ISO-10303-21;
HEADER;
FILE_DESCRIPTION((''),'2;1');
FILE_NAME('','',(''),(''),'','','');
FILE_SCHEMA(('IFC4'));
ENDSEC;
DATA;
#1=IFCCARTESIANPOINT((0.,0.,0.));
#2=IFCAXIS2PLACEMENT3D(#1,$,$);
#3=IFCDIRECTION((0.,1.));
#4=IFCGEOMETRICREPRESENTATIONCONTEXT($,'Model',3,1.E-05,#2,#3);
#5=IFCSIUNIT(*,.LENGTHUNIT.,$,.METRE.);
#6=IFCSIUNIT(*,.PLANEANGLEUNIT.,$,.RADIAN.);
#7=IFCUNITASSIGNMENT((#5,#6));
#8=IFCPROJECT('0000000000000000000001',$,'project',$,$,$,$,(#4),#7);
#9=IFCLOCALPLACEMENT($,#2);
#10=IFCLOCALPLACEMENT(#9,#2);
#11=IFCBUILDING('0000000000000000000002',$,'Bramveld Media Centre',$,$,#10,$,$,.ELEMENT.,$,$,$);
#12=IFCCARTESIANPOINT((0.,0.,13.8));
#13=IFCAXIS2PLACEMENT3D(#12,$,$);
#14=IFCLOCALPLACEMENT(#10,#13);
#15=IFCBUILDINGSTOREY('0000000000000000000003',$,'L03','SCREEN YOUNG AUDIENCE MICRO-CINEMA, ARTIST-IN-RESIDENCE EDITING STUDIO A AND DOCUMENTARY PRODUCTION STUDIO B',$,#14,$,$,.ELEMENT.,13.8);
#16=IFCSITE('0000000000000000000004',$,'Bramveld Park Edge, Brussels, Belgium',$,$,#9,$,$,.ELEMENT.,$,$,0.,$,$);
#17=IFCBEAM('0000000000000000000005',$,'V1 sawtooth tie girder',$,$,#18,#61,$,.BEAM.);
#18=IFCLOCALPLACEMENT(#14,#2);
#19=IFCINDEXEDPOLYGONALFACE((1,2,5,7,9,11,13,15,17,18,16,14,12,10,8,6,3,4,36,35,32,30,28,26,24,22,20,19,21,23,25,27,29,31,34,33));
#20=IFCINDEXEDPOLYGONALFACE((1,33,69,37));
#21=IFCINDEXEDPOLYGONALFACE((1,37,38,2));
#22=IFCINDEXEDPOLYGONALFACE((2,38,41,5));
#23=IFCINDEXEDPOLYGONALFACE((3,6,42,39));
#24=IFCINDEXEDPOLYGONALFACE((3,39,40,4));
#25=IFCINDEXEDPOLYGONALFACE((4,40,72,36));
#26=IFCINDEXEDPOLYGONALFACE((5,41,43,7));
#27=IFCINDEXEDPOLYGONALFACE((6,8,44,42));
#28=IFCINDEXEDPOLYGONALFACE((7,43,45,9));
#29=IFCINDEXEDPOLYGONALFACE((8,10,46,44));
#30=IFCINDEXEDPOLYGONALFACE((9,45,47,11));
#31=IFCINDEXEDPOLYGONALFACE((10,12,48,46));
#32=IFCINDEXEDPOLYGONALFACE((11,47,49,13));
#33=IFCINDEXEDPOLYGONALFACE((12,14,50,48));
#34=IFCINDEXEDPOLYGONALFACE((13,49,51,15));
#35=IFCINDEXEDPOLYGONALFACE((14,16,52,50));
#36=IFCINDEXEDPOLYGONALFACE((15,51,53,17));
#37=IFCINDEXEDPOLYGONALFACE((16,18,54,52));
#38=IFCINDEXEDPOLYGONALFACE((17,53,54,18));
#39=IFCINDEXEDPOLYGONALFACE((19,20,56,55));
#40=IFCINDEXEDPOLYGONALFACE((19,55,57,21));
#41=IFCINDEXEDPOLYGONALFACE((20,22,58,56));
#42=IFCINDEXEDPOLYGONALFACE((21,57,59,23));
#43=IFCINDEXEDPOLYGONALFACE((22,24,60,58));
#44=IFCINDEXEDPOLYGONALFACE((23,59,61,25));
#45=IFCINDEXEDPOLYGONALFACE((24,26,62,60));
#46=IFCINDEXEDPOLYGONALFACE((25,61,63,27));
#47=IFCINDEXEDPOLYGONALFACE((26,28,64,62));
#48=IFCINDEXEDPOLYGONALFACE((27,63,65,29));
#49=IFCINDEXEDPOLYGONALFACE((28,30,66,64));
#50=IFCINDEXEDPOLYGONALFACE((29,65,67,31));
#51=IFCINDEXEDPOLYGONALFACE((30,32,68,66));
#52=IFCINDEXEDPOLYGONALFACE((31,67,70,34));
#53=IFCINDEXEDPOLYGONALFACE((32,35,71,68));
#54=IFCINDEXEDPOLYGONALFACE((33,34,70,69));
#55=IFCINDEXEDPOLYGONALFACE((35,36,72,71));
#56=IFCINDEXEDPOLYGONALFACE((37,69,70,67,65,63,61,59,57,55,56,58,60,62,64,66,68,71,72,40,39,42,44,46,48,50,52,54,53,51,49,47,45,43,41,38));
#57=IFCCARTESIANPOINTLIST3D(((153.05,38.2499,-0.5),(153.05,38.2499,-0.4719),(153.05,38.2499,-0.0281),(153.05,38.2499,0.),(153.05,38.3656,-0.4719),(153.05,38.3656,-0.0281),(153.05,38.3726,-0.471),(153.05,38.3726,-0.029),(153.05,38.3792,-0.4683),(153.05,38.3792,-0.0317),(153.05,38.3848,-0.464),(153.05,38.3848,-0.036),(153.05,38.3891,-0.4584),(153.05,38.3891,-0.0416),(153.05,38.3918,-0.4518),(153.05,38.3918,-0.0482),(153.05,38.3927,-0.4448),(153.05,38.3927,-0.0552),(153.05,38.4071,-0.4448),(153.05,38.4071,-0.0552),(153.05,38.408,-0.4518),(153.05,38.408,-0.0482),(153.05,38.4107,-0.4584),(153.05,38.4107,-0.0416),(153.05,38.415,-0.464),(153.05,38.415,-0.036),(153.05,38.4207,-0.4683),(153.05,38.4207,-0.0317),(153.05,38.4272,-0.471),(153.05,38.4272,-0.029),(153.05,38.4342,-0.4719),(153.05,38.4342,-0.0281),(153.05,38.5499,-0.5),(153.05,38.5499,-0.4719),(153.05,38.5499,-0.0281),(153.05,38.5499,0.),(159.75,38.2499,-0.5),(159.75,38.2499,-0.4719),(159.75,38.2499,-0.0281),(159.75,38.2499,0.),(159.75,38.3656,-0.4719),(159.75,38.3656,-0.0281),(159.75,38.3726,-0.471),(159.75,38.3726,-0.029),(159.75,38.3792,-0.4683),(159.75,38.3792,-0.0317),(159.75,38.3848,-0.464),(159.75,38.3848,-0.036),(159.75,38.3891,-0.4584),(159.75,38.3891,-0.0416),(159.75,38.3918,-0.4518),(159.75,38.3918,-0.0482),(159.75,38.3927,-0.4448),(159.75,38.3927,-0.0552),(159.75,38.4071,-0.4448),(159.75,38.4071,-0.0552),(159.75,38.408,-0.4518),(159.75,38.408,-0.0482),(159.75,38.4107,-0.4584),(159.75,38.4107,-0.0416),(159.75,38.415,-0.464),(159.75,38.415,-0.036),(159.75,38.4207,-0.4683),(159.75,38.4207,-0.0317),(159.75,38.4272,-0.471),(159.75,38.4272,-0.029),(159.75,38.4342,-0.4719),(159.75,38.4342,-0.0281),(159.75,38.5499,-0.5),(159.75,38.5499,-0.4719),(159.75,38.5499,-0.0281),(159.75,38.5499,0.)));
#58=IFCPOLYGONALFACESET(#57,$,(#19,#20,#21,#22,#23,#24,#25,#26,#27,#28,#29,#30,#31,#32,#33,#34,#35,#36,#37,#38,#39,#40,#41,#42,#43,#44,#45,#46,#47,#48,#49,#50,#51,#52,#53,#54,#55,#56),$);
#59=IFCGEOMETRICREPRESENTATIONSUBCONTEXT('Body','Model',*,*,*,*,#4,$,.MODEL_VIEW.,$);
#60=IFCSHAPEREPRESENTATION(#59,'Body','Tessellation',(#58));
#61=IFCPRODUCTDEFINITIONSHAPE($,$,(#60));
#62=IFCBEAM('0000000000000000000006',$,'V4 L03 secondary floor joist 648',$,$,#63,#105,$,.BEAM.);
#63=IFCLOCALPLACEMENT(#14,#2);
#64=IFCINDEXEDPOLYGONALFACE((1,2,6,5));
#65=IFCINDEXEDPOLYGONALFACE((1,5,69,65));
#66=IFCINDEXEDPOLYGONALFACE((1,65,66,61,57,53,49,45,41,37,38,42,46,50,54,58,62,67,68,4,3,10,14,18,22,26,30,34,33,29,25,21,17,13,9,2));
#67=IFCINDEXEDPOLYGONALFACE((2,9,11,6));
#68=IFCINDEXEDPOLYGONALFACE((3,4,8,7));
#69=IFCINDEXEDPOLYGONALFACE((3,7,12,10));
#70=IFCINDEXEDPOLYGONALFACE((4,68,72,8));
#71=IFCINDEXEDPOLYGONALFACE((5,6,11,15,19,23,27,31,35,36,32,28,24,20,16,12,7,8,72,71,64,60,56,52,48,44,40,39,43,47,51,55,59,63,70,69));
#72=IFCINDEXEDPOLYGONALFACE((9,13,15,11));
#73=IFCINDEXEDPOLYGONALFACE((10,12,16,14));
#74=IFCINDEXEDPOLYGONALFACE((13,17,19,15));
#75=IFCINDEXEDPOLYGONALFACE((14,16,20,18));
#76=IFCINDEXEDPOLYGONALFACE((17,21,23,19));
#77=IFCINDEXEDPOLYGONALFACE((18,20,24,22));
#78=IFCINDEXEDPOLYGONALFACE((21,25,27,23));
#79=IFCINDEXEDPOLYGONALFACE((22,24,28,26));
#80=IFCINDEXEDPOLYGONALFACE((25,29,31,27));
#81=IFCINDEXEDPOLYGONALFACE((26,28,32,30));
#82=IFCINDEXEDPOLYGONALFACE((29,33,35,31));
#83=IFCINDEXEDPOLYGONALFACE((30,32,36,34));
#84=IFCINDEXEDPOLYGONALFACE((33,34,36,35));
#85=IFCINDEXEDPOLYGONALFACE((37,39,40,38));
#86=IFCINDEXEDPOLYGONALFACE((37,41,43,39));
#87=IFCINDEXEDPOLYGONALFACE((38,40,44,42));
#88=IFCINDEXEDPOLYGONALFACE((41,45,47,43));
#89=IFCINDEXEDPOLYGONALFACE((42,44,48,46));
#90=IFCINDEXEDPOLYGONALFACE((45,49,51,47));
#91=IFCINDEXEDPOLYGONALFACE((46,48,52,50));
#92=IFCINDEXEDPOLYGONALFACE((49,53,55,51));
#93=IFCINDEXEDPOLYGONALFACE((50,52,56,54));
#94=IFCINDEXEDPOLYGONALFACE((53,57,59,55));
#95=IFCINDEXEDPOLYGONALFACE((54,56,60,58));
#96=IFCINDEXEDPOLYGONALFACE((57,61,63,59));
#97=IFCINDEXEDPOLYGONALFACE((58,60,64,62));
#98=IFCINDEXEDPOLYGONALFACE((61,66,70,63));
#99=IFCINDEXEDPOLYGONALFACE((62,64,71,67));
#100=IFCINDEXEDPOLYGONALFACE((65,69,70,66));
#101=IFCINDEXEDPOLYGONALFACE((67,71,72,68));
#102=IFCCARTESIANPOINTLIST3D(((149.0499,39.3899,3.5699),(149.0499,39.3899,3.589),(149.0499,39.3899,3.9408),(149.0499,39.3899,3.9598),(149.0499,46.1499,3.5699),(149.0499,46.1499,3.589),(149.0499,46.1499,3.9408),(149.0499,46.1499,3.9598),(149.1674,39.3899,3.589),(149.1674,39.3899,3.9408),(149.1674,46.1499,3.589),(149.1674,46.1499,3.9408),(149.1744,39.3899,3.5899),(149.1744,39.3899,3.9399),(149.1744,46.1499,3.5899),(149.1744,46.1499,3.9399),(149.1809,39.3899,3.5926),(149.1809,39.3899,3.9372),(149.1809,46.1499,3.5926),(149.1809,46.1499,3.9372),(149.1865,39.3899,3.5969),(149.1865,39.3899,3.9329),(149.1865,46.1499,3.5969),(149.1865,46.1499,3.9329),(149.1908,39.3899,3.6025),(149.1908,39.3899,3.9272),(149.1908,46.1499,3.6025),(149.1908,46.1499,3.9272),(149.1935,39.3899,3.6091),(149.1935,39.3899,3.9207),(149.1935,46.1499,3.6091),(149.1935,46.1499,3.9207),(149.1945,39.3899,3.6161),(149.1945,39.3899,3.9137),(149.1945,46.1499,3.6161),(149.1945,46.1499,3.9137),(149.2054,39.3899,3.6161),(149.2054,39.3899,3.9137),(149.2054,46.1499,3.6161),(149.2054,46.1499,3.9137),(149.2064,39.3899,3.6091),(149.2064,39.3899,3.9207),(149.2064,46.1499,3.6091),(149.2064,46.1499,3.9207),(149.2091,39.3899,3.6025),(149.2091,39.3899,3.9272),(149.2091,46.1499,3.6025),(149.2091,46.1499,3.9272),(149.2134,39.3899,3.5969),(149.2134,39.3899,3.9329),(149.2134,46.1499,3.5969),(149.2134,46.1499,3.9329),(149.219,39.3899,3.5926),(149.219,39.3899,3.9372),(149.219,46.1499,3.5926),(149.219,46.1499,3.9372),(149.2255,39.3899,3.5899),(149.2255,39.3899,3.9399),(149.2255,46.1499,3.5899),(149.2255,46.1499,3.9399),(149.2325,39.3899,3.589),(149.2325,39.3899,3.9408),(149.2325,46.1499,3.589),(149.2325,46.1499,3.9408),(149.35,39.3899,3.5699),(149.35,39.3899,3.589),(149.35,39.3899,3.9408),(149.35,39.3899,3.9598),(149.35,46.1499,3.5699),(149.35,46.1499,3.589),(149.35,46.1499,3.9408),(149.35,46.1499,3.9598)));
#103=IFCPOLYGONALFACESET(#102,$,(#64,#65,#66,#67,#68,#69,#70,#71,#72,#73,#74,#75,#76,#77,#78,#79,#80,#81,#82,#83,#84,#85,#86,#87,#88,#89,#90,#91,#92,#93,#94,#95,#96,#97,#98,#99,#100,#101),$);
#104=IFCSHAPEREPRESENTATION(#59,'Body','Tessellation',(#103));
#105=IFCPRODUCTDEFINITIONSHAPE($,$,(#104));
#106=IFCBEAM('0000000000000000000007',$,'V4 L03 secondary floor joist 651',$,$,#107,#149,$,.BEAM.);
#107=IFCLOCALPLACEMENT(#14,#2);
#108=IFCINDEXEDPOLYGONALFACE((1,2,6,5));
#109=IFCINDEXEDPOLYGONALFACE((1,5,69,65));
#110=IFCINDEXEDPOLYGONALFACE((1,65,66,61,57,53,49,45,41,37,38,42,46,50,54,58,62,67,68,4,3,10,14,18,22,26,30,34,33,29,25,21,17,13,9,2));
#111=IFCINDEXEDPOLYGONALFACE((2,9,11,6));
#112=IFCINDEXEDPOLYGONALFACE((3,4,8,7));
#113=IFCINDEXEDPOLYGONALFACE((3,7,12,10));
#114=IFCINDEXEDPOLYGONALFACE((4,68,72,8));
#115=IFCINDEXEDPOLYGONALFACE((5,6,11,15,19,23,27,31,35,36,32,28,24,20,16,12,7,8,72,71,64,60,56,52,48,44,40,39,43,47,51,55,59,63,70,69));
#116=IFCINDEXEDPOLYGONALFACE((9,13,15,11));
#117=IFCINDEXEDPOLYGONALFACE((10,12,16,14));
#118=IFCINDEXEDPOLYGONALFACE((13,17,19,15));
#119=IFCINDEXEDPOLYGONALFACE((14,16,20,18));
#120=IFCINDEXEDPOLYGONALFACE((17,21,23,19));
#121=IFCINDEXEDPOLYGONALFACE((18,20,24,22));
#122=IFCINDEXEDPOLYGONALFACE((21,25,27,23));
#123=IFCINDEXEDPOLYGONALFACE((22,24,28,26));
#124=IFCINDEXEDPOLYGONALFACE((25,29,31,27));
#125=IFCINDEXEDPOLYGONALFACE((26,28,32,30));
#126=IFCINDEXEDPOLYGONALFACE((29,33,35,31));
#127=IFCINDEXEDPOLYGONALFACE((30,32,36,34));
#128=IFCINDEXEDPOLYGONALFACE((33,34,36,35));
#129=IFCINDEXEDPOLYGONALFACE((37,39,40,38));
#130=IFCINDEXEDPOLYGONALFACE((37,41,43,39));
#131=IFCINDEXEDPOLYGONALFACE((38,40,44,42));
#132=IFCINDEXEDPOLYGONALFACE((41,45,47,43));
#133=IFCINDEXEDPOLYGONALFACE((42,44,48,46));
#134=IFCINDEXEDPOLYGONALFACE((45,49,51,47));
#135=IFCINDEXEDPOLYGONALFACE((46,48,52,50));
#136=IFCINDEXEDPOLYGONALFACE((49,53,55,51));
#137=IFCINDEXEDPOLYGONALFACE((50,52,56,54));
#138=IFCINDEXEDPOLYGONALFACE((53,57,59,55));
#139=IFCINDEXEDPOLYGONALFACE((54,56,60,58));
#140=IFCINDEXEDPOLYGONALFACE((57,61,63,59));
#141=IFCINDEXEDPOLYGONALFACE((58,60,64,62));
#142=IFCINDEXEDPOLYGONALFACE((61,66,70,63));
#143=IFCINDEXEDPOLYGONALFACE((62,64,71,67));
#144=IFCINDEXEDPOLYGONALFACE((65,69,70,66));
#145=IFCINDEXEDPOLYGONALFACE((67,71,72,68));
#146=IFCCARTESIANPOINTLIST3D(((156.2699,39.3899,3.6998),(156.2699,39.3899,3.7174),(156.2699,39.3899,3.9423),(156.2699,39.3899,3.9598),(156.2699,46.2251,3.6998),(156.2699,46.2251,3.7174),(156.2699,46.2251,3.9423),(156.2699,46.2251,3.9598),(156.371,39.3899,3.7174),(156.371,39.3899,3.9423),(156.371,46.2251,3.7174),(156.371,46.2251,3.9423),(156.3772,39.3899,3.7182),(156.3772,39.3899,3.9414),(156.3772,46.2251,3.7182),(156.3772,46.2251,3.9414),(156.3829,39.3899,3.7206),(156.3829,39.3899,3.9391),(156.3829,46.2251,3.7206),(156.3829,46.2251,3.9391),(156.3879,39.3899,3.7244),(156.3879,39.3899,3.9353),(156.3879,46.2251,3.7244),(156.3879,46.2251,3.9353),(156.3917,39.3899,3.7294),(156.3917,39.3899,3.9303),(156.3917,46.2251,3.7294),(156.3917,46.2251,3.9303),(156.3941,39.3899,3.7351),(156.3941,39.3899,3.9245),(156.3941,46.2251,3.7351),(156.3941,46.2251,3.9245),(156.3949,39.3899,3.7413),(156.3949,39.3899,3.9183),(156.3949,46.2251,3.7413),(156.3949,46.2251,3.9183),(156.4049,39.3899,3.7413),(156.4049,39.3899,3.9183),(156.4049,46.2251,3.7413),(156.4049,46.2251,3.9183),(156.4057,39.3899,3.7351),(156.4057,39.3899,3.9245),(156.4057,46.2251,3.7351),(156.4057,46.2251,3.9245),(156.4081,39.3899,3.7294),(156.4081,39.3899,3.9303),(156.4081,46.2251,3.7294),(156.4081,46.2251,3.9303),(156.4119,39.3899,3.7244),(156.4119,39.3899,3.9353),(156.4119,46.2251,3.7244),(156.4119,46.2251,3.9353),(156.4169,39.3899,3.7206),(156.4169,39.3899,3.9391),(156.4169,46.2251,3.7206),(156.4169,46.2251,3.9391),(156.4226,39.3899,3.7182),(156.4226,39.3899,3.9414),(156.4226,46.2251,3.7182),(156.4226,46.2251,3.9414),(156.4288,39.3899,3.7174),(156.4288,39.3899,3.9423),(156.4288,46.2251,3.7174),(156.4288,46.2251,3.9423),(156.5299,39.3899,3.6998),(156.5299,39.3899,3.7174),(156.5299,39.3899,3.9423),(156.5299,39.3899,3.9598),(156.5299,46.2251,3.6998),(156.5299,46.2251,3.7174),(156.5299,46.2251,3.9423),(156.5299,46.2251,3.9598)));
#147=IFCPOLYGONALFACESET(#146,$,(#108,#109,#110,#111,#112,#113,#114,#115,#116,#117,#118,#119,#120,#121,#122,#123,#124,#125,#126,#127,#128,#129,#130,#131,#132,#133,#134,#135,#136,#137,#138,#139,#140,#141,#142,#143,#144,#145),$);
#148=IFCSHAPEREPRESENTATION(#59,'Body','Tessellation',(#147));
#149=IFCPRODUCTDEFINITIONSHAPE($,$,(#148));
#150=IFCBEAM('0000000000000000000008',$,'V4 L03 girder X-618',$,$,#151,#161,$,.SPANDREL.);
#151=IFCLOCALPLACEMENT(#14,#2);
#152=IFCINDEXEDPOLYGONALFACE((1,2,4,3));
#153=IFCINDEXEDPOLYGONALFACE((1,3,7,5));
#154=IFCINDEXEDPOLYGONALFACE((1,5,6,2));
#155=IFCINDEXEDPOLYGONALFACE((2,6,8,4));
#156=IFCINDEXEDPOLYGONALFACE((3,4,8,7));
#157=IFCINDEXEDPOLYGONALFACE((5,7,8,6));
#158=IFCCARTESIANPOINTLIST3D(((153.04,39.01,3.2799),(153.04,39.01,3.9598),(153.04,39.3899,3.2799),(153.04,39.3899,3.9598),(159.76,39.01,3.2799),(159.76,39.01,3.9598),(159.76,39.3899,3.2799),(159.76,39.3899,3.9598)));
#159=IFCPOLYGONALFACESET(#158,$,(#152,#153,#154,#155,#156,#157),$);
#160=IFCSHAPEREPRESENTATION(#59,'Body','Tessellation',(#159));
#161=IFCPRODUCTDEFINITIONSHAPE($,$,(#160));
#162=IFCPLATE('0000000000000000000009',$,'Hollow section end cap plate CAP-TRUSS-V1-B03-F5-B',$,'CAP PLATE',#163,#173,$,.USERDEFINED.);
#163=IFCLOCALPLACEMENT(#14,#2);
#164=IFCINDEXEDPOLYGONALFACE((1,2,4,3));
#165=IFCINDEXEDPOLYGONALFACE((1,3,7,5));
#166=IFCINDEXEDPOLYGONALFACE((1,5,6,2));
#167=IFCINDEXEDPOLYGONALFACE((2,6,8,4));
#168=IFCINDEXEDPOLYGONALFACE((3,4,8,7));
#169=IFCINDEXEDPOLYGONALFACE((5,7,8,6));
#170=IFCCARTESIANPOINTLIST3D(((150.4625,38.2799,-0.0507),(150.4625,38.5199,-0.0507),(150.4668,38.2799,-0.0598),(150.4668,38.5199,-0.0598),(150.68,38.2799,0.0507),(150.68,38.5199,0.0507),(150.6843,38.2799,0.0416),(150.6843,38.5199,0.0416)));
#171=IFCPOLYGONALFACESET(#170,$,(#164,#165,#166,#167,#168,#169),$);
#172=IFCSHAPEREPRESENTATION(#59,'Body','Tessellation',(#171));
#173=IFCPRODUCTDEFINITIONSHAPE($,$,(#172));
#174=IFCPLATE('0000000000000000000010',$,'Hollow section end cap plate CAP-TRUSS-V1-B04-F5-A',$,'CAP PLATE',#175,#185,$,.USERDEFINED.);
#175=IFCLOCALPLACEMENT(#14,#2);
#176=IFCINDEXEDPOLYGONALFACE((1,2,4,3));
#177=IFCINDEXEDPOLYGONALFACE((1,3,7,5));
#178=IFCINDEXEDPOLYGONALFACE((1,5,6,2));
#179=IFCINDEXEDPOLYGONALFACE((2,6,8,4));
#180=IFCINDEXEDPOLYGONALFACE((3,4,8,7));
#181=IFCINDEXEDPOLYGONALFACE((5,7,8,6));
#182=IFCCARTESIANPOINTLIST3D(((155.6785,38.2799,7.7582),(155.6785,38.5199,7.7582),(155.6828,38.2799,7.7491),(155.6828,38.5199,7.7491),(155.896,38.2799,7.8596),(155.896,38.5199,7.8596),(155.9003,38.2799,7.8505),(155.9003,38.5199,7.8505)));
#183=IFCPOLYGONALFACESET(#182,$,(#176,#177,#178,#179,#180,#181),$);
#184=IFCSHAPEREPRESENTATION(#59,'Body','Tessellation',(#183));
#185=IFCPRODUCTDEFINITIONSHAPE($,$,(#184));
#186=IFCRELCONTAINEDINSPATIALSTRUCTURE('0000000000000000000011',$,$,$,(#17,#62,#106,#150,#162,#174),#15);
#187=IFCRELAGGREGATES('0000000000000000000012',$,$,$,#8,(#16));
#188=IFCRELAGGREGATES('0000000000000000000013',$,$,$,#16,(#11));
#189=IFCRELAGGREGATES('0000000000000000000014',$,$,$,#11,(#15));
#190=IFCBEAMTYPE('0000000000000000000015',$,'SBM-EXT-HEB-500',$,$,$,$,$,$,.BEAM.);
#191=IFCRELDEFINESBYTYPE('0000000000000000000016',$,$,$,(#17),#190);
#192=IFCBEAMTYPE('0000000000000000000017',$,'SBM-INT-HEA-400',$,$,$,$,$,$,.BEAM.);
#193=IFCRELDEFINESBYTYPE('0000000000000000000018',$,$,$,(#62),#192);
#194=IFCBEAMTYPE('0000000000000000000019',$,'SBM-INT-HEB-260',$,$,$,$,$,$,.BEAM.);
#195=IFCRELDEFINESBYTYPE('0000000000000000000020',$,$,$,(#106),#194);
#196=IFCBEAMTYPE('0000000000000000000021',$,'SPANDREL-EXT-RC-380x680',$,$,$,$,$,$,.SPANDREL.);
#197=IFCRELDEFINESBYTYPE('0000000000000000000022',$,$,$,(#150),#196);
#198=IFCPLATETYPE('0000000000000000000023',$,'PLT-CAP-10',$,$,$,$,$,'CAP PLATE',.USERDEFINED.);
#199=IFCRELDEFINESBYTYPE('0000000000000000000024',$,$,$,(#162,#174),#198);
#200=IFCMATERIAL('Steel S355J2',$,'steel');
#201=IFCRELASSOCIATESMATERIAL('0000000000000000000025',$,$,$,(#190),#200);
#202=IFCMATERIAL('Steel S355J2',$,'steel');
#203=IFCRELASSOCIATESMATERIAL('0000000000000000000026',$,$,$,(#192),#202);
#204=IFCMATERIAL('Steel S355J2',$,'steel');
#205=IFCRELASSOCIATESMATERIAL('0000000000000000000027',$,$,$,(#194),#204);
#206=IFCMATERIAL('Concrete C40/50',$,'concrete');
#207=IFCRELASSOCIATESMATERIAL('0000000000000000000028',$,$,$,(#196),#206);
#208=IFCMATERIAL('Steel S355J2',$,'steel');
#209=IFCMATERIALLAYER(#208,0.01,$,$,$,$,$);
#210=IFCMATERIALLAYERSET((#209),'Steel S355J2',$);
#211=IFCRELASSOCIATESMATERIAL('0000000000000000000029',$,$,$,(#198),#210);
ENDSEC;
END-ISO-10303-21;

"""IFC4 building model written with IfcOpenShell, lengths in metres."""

from ifc_helpers import new_model, si_unit, direction, frame, origin, origin_2d, place, context, subcontext, project, spatial, rectangle, i_section, extrude, material, layer, layer_set, material_profile, profile_set, type_object, element, save


model = new_model("IFC4")

# Units and contexts
model_context = context("Model", 3, precision=1e-05, world=origin(), true_north=direction((0.0, 1.0)))
body_context = subcontext(model_context, "Body", "Model", "MODEL_VIEW")
ifc_project = project(units=[si_unit("LENGTHUNIT", "METRE"), si_unit("PLANEANGLEUNIT", "RADIAN")], contexts=[model_context])

# Site, building, storey
site_placement = place(None, origin())
site = spatial("IfcSite", under=ifc_project, at=site_placement, Name="Bramveld Park Edge, Brussels, Belgium", CompositionType="ELEMENT", RefElevation=0.0)
building_placement = place(site_placement, origin())
building = spatial("IfcBuilding", under=site, at=building_placement, Name="Bramveld Media Centre", CompositionType="ELEMENT")
storey_placement = place(building_placement, frame((0.0, 0.0, 13.8)))
storey = spatial("IfcBuildingStorey", under=building, at=storey_placement, Name="L03", Description="SCREEN YOUNG AUDIENCE MICRO-CINEMA, ARTIST-IN-RESIDENCE EDITING STUDIO A AND DOCUMENTARY PRODUCTION STUDIO B", CompositionType="ELEMENT", Elevation=13.8)

# Beams
ifc_material_1 = material(Name="Steel S355J2", Category="steel")
ifc_material_profile_1 = material_profile(ifc_material_1, i_section(OverallWidth=0.3, OverallDepth=0.5, WebThickness=0.0144, FlangeThickness=0.0281, FilletRadius=0.0271, at=origin_2d()), Name="HEB 500")
ifc_profile_set_1 = profile_set([ifc_material_profile_1], Name="Steel S355J2")
beam_type_1 = type_object("IfcBeamType", Name="SBM-EXT-HEB-500", PredefinedType="BEAM", material=ifc_profile_set_1)
beam_1_placement = place(storey_placement, frame((153.05, 38.3999, -0.25), z_axis=(1.0, 0.0, 0.0), x_axis=(0.0, 1.0, 0.0)))
element("IfcBeam", 1, at=beam_1_placement, inside=storey, type_object=beam_type_1, Name="V1 sawtooth tie girder", PredefinedType="BEAM", context=body_context, shape_type="SweptSolid", body=[
    extrude(i_section(OverallWidth=0.3, OverallDepth=0.5, WebThickness=0.0144, FlangeThickness=0.0281, FilletRadius=0.0271, at=origin_2d()), origin(), (0.0, 0.0, 1.0), 6.7),
])
ifc_material_2 = material(Name="Steel S355J2", Category="steel")
ifc_material_profile_2 = material_profile(ifc_material_2, i_section(OverallWidth=0.3, OverallDepth=0.3899, WebThickness=0.011, FlangeThickness=0.019, FilletRadius=0.0271, at=origin_2d()), Name="HEA 400")
ifc_profile_set_2 = profile_set([ifc_material_profile_2], Name="Steel S355J2")
beam_type_2 = type_object("IfcBeamType", Name="SBM-INT-HEA-400", PredefinedType="BEAM", material=ifc_profile_set_2)
beam_2_placement = place(storey_placement, frame((149.2, 39.3899, 3.7649), z_axis=(0.0, 1.0, 0.0), x_axis=(-1.0, 0.0, 0.0)))
element("IfcBeam", 2, at=beam_2_placement, inside=storey, type_object=beam_type_2, Name="V4 L03 secondary floor joist 648", PredefinedType="BEAM", context=body_context, shape_type="SweptSolid", body=[
    extrude(i_section(OverallWidth=0.3, OverallDepth=0.3899, WebThickness=0.011, FlangeThickness=0.019, FilletRadius=0.0271, at=origin_2d()), origin(), (0.0, 0.0, 1.0), 6.76),
])
ifc_material_3 = material(Name="Steel S355J2", Category="steel")
ifc_material_profile_3 = material_profile(ifc_material_3, i_section(OverallWidth=0.26, OverallDepth=0.26, WebThickness=0.01, FlangeThickness=0.0176, FilletRadius=0.0239, at=origin_2d()), Name="HEB 260")
ifc_profile_set_3 = profile_set([ifc_material_profile_3], Name="Steel S355J2")
beam_type_3 = type_object("IfcBeamType", Name="SBM-INT-HEB-260", PredefinedType="BEAM", material=ifc_profile_set_3)
beam_3_placement = place(storey_placement, frame((156.3999, 39.3899, 3.8298), z_axis=(0.0, 1.0, 0.0), x_axis=(-1.0, 0.0, 0.0)))
element("IfcBeam", 3, at=beam_3_placement, inside=storey, type_object=beam_type_3, Name="V4 L03 secondary floor joist 651", PredefinedType="BEAM", context=body_context, shape_type="SweptSolid", body=[
    extrude(i_section(OverallWidth=0.26, OverallDepth=0.26, WebThickness=0.01, FlangeThickness=0.0176, FilletRadius=0.0239, at=origin_2d()), origin(), (0.0, 0.0, 1.0), 6.8352),
])
ifc_material_4 = material(Name="Concrete C40/50", Category="concrete")
ifc_material_profile_4 = material_profile(ifc_material_4, rectangle(XDim=0.3799, YDim=0.6799, at=origin_2d()), Name="RC 380x680")
ifc_profile_set_4 = profile_set([ifc_material_profile_4], Name="Concrete C40/50")
beam_type_4 = type_object("IfcBeamType", Name="SPANDREL-EXT-RC-380x680", PredefinedType="SPANDREL", material=ifc_profile_set_4)
beam_4_placement = place(storey_placement, frame((153.04, 39.2, 3.6199), z_axis=(1.0, 0.0, 0.0), x_axis=(0.0, 1.0, 0.0)))
element("IfcBeam", 4, at=beam_4_placement, inside=storey, type_object=beam_type_4, Name="V4 L03 girder X-618", PredefinedType="SPANDREL", context=body_context, shape_type="SweptSolid", body=[
    extrude(rectangle(XDim=0.3799, YDim=0.6799, at=origin_2d()), origin(), (0.0, 0.0, 1.0), 6.72),
])

# Plates
ifc_material_5 = material(Name="Steel S355J2", Category="steel")
ifc_layer_1 = layer(ifc_material_5, 0.01)
ifc_layer_set_1 = layer_set([ifc_layer_1], Name="Steel S355J2")
plate_type_1 = type_object("IfcPlateType", Name="PLT-CAP-10", ElementType="CAP PLATE", PredefinedType="USERDEFINED", material=ifc_layer_set_1)
for number, where, z_axis, x_axis, name in (
    (5, (150.5713, 38.3999, 0.0), (0.422618, 0.0, -0.906308), (0.0, 1.0, 0.0), "Hollow section end cap plate CAP-TRUSS-V1-B03-F5-B"),
    (6, (155.7915, 38.3999, 7.7998), (-0.422628, 0.0, 0.906303), (0.0, -1.0, 0.0), "Hollow section end cap plate CAP-TRUSS-V1-B04-F5-A"),
):
    element("IfcPlate", number, at=place(storey_placement, frame(where, z_axis=z_axis, x_axis=x_axis)), inside=storey, type_object=plate_type_1, Name=name, ObjectType="CAP PLATE", PredefinedType="USERDEFINED", context=body_context, shape_type="SweptSolid", body=[
        extrude(rectangle(XDim=0.24, YDim=0.24, at=origin_2d()), origin(), (0.0, 0.0, 1.0), 0.01),
    ])

save(model, "model.ifc")
